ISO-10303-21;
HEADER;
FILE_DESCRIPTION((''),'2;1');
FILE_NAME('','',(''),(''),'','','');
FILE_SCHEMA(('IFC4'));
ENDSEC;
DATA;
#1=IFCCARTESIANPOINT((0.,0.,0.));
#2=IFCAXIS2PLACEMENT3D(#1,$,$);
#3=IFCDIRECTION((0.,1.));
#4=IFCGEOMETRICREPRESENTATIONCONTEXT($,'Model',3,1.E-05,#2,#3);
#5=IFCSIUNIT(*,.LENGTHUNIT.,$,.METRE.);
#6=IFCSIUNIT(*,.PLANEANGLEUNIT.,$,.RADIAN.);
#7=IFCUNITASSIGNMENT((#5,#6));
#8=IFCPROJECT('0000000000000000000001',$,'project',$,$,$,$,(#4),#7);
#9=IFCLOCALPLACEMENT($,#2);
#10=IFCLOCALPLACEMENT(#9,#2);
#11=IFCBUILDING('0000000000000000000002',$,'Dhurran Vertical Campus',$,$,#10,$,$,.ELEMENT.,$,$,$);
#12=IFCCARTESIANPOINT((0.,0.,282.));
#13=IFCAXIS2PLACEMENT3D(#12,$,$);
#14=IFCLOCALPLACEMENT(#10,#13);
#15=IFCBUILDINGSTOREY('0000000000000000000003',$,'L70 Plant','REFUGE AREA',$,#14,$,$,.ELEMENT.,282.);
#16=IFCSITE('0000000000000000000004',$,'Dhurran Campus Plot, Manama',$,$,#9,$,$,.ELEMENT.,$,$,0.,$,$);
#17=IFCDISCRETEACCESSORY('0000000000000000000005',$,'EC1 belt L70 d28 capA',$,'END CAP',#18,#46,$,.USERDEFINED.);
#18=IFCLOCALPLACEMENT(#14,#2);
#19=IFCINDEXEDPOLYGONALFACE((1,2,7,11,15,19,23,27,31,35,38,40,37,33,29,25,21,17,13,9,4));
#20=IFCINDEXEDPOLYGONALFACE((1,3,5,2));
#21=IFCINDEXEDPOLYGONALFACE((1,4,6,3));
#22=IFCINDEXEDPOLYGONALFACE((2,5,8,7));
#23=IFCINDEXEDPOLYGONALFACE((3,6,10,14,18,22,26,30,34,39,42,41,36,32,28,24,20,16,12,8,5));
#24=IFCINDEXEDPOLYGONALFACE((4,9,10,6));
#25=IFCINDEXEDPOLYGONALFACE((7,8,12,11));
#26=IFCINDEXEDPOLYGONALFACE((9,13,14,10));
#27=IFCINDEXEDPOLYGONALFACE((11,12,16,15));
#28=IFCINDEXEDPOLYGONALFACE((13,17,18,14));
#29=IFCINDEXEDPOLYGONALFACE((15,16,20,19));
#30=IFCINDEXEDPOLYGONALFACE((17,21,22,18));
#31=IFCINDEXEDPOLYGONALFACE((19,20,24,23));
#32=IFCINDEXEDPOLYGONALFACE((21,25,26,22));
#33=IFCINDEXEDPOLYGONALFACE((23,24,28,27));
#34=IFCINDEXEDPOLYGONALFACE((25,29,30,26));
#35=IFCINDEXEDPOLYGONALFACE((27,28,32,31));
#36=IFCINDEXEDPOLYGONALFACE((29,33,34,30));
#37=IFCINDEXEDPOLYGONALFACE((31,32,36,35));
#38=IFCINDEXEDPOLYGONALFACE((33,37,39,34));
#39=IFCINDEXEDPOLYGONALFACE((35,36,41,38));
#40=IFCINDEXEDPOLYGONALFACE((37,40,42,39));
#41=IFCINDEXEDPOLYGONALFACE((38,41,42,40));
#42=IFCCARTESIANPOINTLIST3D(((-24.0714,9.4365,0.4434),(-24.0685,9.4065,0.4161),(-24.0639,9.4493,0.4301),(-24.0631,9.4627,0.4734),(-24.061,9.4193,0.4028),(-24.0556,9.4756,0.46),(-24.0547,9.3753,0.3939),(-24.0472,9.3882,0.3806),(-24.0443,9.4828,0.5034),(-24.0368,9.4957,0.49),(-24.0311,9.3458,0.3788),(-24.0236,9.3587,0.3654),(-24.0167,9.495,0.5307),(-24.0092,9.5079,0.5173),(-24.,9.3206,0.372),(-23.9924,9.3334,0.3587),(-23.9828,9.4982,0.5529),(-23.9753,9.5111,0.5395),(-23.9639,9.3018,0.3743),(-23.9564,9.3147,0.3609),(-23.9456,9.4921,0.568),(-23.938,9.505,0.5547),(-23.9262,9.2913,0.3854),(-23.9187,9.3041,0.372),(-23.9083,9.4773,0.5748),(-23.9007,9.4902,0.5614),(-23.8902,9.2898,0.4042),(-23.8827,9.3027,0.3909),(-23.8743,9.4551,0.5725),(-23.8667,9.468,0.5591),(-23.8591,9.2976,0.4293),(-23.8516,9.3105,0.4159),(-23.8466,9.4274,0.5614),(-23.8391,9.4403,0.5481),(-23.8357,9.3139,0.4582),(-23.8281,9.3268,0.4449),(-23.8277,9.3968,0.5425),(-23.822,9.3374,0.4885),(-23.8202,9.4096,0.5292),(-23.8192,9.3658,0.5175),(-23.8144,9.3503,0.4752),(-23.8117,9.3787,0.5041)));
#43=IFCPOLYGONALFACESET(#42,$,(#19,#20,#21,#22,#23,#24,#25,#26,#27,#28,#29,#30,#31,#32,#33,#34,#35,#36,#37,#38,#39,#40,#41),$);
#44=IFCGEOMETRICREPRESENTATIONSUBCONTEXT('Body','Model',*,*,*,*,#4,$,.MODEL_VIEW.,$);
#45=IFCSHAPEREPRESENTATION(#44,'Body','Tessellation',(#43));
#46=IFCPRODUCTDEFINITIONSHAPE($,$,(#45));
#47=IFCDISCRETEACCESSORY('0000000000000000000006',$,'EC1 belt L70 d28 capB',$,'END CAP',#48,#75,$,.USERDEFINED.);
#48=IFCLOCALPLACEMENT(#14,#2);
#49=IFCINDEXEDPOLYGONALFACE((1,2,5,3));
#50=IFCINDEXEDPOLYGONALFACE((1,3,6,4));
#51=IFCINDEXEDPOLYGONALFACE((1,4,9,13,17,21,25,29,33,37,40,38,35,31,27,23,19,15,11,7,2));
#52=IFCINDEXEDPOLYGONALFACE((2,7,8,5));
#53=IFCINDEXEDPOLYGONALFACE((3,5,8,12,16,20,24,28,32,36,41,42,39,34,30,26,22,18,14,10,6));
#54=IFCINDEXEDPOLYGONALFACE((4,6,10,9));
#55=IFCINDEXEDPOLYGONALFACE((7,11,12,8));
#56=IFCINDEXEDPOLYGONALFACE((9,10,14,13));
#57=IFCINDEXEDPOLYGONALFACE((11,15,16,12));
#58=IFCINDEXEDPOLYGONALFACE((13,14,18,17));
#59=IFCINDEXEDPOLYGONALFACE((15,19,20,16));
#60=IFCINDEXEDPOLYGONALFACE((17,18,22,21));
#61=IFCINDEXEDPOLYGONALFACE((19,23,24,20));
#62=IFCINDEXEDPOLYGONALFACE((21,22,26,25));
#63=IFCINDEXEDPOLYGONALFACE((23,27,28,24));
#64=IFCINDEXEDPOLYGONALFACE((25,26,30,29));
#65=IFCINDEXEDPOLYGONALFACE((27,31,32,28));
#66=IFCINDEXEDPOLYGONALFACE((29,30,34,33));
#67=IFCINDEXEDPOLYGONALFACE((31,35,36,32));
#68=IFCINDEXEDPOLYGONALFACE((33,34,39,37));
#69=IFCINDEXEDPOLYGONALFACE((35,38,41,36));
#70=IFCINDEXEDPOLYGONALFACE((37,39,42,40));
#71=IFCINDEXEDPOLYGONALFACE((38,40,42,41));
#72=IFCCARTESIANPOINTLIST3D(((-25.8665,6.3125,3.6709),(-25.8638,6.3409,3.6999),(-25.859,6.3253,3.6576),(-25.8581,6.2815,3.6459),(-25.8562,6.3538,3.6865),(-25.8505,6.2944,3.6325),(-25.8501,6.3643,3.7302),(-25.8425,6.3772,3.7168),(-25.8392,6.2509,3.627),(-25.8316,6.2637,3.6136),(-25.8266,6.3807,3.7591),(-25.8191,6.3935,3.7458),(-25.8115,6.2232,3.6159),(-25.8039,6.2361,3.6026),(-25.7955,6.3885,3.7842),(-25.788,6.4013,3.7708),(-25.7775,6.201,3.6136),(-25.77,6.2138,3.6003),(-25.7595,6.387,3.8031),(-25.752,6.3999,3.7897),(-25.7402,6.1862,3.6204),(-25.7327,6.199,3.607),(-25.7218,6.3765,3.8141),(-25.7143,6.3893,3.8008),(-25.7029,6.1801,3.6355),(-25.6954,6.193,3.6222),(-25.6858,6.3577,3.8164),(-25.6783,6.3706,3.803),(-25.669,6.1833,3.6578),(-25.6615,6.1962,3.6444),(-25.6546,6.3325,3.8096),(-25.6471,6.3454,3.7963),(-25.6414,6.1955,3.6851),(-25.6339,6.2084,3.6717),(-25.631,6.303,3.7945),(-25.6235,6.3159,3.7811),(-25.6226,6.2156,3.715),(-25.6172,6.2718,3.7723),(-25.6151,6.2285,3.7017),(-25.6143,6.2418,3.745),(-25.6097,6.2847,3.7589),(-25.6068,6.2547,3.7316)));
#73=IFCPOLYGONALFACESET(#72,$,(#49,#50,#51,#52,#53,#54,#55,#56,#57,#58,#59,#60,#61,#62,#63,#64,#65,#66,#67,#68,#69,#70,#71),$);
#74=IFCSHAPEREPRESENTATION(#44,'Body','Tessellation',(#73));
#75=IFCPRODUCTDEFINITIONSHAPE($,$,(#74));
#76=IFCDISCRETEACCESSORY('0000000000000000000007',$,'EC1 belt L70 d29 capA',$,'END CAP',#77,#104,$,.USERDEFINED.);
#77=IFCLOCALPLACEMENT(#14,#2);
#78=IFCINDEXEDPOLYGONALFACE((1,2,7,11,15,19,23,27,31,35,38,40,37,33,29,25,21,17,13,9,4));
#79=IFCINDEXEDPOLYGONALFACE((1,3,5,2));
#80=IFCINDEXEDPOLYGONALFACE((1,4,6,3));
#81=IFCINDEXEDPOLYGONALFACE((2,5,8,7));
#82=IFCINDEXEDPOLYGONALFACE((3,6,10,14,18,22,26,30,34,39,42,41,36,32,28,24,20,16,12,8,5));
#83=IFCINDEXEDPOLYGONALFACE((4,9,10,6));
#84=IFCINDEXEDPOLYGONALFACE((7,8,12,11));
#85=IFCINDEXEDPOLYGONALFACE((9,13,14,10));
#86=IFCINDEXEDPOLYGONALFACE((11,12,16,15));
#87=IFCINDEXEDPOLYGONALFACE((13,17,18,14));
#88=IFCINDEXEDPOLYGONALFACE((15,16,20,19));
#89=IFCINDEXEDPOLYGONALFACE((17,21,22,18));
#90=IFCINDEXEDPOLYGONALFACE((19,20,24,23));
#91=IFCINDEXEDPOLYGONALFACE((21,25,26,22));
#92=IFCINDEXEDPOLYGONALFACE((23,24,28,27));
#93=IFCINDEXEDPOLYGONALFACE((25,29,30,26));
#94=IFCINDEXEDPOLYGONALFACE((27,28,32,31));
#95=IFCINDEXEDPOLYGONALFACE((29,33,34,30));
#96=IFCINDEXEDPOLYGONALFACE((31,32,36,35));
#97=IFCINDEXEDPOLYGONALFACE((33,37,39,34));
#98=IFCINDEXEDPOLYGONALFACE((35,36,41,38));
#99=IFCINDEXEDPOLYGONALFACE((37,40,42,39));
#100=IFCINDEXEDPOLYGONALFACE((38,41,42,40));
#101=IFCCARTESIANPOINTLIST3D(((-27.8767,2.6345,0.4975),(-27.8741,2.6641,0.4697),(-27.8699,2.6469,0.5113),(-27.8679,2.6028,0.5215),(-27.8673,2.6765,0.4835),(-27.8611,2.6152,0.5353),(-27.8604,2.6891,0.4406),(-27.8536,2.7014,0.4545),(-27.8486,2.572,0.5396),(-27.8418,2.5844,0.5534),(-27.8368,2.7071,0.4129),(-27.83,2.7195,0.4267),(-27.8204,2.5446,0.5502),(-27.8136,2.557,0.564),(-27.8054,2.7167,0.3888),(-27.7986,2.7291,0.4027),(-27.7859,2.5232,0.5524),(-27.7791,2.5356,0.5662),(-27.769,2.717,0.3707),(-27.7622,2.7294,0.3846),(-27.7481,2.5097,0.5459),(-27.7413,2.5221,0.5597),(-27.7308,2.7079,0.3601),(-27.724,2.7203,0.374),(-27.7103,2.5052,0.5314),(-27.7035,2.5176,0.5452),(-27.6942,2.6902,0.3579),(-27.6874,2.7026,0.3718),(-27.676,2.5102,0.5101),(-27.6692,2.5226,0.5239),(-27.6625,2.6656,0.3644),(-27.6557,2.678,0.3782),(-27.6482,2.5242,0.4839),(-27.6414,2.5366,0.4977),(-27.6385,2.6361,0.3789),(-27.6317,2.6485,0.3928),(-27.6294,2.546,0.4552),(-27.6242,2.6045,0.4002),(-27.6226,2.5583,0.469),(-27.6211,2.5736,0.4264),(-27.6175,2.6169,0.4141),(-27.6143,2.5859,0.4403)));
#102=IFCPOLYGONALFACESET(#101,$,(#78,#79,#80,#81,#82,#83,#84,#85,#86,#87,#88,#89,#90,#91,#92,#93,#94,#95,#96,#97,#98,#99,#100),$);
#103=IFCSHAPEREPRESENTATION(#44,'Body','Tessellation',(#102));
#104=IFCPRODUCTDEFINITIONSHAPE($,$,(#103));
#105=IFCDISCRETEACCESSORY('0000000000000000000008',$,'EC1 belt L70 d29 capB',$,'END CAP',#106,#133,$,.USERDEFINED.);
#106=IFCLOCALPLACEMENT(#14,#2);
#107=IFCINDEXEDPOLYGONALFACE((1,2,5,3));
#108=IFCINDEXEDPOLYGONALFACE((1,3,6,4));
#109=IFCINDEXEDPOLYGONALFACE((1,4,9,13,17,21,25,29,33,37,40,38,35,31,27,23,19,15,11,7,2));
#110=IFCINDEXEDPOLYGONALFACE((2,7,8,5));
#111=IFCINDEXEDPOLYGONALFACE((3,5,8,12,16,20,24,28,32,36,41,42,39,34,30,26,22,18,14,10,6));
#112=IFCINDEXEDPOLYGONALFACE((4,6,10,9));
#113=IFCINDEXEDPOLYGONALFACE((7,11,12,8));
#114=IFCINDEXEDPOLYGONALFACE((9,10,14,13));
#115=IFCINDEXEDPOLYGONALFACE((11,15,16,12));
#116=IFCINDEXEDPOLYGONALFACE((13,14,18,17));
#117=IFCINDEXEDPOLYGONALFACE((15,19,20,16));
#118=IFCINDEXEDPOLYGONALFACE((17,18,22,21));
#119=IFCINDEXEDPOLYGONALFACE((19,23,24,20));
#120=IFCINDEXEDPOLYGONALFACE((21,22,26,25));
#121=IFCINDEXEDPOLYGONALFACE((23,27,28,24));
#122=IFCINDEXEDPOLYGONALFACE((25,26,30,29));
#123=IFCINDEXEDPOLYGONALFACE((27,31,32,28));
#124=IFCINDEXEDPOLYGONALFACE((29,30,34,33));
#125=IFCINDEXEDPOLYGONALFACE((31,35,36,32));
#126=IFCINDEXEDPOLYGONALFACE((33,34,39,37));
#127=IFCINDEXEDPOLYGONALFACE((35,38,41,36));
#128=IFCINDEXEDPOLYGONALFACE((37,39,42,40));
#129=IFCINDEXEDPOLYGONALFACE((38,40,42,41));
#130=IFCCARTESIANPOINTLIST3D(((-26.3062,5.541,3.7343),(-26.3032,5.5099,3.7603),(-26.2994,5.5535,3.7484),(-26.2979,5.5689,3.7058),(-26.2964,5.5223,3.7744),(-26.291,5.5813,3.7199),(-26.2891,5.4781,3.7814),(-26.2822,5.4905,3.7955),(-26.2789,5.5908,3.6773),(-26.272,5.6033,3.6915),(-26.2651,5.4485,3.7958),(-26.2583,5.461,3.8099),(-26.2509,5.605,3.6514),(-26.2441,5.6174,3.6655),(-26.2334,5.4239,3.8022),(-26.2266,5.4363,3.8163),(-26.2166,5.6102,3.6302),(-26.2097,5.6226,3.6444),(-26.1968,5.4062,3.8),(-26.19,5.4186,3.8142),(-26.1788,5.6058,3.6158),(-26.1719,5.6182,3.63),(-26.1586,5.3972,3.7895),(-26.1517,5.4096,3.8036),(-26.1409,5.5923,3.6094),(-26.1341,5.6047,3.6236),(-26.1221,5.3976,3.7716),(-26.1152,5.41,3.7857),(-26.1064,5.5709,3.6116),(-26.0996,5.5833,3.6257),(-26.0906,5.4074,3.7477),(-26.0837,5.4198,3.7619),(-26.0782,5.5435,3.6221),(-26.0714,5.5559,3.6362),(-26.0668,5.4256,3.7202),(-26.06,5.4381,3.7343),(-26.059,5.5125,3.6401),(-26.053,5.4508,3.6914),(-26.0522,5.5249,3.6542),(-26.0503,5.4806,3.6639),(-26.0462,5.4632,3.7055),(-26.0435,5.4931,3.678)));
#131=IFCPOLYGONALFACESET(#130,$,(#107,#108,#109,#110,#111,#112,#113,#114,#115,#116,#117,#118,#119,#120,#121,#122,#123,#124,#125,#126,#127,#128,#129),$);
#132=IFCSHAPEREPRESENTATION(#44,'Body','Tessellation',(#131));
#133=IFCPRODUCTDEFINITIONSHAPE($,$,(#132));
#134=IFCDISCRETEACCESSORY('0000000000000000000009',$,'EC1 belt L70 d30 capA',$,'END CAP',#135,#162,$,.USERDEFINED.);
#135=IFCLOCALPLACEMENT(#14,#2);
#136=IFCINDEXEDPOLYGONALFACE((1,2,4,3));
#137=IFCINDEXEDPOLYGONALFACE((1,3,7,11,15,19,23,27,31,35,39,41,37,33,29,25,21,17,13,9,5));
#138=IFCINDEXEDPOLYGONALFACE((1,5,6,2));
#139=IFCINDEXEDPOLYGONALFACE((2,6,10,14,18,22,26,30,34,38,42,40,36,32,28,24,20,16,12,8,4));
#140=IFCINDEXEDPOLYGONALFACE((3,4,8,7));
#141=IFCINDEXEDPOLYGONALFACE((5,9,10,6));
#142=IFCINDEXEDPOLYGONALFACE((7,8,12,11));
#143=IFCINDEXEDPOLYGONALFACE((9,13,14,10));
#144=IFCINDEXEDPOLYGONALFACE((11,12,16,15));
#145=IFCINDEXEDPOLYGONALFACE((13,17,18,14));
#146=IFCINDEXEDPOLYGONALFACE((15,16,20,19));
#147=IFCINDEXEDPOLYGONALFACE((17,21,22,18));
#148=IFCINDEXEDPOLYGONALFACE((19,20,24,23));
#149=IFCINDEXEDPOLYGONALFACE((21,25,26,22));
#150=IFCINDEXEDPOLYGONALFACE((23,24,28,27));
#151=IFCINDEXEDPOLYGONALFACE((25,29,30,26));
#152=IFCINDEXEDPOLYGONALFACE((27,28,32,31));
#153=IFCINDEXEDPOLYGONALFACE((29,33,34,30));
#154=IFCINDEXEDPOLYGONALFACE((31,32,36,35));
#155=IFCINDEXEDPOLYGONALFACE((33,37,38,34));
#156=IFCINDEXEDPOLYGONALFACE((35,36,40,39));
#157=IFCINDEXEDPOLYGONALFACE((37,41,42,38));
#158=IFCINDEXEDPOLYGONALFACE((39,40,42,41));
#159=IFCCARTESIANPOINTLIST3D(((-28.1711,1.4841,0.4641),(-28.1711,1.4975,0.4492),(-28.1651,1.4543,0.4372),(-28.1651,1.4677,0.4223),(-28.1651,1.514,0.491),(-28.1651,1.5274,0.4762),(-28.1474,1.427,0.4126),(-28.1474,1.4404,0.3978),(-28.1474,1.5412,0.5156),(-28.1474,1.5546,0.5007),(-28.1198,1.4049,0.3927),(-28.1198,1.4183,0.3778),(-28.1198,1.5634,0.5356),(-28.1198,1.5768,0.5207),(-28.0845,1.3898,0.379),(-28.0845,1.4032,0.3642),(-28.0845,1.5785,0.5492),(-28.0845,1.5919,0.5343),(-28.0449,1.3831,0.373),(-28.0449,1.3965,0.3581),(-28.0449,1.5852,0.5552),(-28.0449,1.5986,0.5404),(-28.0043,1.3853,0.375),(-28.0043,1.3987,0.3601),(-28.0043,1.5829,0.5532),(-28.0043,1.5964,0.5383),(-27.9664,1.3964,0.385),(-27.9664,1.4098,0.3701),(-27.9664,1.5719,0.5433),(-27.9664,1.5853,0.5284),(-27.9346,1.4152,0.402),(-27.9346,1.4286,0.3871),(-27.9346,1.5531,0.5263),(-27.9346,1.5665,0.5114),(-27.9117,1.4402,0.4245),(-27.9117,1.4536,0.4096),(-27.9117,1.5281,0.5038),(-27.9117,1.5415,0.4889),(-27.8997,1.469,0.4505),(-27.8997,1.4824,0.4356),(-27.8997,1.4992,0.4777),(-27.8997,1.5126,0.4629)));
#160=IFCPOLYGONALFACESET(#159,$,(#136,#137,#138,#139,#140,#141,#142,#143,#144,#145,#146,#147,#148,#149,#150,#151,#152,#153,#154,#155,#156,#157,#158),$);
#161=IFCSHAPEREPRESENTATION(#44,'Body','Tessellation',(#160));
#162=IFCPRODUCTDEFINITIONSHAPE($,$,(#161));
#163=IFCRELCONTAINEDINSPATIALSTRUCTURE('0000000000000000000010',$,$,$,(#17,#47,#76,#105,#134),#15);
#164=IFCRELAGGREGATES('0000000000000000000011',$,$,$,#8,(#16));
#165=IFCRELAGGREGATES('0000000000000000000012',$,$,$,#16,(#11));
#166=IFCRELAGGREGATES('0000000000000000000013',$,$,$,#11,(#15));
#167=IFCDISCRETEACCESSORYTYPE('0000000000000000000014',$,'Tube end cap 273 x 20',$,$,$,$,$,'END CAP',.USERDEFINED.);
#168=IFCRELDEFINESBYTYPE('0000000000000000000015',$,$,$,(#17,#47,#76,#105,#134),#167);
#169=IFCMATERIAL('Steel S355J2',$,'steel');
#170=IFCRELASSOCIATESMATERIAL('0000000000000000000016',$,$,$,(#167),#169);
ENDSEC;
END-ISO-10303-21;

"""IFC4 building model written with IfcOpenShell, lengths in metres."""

from ifc_helpers import new_model, si_unit, direction, frame, origin, origin_2d, place, context, subcontext, project, spatial, circle, extrude, material, material_profile, profile_set, type_object, element, save


model = new_model("IFC4")

# Units and contexts
model_context = context("Model", 3, precision=1e-05, world=origin(), true_north=direction((0.0, 1.0)))
body_context = subcontext(model_context, "Body", "Model", "MODEL_VIEW")
ifc_project = project(units=[si_unit("LENGTHUNIT", "METRE"), si_unit("PLANEANGLEUNIT", "RADIAN")], contexts=[model_context])

# Site, building, storey
site_placement = place(None, origin())
site = spatial("IfcSite", under=ifc_project, at=site_placement, Name="Dhurran Campus Plot, Manama", CompositionType="ELEMENT", RefElevation=0.0)
building_placement = place(site_placement, origin())
building = spatial("IfcBuilding", under=site, at=building_placement, Name="Dhurran Vertical Campus", CompositionType="ELEMENT")
storey_placement = place(building_placement, frame((0.0, 0.0, 282.0)))
storey = spatial("IfcBuildingStorey", under=building, at=storey_placement, Name="L70 Plant", Description="REFUGE AREA", CompositionType="ELEMENT", Elevation=282.0)

# Discrete accessories
ifc_material_1 = material(Name="Steel S355J2", Category="steel")
ifc_material_profile_1 = material_profile(ifc_material_1, circle(Radius=0.1365, at=origin_2d()), Name="Tube end cap 273 x 20")
ifc_profile_set_1 = profile_set([ifc_material_profile_1], Name="Steel S355J2")
discrete_accessory_type = type_object("IfcDiscreteAccessoryType", Name="Tube end cap 273 x 20", ElementType="END CAP", PredefinedType="USERDEFINED", material=ifc_profile_set_1)
for number, where, z_axis, x_axis, name in (
    (1, (-23.9453, 9.3938, 0.4734), (0.376069, 0.642956, -0.667218), (-0.863188, 0.504883, 0.0), "EC1 belt L70 d28 capA"),
    (2, (-25.7329, 6.2974, 3.7017), (-0.376069, -0.642956, 0.667218), (0.863188, -0.504883, 0.0), "EC1 belt L70 d28 capB"),
):
    element("IfcDiscreteAccessory", number, at=place(storey_placement, frame(where, z_axis=z_axis, x_axis=x_axis)), inside=storey, type_object=discrete_accessory_type, Name=name, ObjectType="END CAP", PredefinedType="USERDEFINED", context=body_context, shape_type="SweptSolid", body=[
        extrude(circle(Radius=0.1365, at=origin_2d()), origin(), (0.0, 0.0, 1.0), 0.02),
    ])
discrete_accessory_placement = place(storey_placement, frame((-27.7422, 2.624, 0.469), z_axis=(-0.343772, -0.626156, -0.699821), x_axis=(0.876579, -0.481259, 0.0)))
element("IfcDiscreteAccessory", 3, at=discrete_accessory_placement, inside=storey, type_object=discrete_accessory_type, Name="EC1 belt L70 d29 capA", ObjectType="END CAP", PredefinedType="USERDEFINED", context=body_context, shape_type="SweptSolid", body=[
    extrude(circle(Radius=0.1365, at=origin_2d()), origin(), (0.0, 0.0, 1.0), 0.0198),
])
for number, where, z_axis, x_axis, name in (
    (4, (-26.1782, 5.5032, 3.7058), (0.34083, 0.620798, 0.706006), (-0.876579, 0.481259, 0.0), "EC1 belt L70 d29 capB"),
    (5, (-28.0347, 1.4841, 0.4641), (0.0, 0.669637, -0.742688), (-1.0, 0.0, 0.0), "EC1 belt L70 d30 capA"),
):
    element("IfcDiscreteAccessory", number, at=place(storey_placement, frame(where, z_axis=z_axis, x_axis=x_axis)), inside=storey, type_object=discrete_accessory_type, Name=name, ObjectType="END CAP", PredefinedType="USERDEFINED", context=body_context, shape_type="SweptSolid", body=[
        extrude(circle(Radius=0.1365, at=origin_2d()), origin(), (0.0, 0.0, 1.0), 0.02),
    ])

save(model, "model.ifc")
